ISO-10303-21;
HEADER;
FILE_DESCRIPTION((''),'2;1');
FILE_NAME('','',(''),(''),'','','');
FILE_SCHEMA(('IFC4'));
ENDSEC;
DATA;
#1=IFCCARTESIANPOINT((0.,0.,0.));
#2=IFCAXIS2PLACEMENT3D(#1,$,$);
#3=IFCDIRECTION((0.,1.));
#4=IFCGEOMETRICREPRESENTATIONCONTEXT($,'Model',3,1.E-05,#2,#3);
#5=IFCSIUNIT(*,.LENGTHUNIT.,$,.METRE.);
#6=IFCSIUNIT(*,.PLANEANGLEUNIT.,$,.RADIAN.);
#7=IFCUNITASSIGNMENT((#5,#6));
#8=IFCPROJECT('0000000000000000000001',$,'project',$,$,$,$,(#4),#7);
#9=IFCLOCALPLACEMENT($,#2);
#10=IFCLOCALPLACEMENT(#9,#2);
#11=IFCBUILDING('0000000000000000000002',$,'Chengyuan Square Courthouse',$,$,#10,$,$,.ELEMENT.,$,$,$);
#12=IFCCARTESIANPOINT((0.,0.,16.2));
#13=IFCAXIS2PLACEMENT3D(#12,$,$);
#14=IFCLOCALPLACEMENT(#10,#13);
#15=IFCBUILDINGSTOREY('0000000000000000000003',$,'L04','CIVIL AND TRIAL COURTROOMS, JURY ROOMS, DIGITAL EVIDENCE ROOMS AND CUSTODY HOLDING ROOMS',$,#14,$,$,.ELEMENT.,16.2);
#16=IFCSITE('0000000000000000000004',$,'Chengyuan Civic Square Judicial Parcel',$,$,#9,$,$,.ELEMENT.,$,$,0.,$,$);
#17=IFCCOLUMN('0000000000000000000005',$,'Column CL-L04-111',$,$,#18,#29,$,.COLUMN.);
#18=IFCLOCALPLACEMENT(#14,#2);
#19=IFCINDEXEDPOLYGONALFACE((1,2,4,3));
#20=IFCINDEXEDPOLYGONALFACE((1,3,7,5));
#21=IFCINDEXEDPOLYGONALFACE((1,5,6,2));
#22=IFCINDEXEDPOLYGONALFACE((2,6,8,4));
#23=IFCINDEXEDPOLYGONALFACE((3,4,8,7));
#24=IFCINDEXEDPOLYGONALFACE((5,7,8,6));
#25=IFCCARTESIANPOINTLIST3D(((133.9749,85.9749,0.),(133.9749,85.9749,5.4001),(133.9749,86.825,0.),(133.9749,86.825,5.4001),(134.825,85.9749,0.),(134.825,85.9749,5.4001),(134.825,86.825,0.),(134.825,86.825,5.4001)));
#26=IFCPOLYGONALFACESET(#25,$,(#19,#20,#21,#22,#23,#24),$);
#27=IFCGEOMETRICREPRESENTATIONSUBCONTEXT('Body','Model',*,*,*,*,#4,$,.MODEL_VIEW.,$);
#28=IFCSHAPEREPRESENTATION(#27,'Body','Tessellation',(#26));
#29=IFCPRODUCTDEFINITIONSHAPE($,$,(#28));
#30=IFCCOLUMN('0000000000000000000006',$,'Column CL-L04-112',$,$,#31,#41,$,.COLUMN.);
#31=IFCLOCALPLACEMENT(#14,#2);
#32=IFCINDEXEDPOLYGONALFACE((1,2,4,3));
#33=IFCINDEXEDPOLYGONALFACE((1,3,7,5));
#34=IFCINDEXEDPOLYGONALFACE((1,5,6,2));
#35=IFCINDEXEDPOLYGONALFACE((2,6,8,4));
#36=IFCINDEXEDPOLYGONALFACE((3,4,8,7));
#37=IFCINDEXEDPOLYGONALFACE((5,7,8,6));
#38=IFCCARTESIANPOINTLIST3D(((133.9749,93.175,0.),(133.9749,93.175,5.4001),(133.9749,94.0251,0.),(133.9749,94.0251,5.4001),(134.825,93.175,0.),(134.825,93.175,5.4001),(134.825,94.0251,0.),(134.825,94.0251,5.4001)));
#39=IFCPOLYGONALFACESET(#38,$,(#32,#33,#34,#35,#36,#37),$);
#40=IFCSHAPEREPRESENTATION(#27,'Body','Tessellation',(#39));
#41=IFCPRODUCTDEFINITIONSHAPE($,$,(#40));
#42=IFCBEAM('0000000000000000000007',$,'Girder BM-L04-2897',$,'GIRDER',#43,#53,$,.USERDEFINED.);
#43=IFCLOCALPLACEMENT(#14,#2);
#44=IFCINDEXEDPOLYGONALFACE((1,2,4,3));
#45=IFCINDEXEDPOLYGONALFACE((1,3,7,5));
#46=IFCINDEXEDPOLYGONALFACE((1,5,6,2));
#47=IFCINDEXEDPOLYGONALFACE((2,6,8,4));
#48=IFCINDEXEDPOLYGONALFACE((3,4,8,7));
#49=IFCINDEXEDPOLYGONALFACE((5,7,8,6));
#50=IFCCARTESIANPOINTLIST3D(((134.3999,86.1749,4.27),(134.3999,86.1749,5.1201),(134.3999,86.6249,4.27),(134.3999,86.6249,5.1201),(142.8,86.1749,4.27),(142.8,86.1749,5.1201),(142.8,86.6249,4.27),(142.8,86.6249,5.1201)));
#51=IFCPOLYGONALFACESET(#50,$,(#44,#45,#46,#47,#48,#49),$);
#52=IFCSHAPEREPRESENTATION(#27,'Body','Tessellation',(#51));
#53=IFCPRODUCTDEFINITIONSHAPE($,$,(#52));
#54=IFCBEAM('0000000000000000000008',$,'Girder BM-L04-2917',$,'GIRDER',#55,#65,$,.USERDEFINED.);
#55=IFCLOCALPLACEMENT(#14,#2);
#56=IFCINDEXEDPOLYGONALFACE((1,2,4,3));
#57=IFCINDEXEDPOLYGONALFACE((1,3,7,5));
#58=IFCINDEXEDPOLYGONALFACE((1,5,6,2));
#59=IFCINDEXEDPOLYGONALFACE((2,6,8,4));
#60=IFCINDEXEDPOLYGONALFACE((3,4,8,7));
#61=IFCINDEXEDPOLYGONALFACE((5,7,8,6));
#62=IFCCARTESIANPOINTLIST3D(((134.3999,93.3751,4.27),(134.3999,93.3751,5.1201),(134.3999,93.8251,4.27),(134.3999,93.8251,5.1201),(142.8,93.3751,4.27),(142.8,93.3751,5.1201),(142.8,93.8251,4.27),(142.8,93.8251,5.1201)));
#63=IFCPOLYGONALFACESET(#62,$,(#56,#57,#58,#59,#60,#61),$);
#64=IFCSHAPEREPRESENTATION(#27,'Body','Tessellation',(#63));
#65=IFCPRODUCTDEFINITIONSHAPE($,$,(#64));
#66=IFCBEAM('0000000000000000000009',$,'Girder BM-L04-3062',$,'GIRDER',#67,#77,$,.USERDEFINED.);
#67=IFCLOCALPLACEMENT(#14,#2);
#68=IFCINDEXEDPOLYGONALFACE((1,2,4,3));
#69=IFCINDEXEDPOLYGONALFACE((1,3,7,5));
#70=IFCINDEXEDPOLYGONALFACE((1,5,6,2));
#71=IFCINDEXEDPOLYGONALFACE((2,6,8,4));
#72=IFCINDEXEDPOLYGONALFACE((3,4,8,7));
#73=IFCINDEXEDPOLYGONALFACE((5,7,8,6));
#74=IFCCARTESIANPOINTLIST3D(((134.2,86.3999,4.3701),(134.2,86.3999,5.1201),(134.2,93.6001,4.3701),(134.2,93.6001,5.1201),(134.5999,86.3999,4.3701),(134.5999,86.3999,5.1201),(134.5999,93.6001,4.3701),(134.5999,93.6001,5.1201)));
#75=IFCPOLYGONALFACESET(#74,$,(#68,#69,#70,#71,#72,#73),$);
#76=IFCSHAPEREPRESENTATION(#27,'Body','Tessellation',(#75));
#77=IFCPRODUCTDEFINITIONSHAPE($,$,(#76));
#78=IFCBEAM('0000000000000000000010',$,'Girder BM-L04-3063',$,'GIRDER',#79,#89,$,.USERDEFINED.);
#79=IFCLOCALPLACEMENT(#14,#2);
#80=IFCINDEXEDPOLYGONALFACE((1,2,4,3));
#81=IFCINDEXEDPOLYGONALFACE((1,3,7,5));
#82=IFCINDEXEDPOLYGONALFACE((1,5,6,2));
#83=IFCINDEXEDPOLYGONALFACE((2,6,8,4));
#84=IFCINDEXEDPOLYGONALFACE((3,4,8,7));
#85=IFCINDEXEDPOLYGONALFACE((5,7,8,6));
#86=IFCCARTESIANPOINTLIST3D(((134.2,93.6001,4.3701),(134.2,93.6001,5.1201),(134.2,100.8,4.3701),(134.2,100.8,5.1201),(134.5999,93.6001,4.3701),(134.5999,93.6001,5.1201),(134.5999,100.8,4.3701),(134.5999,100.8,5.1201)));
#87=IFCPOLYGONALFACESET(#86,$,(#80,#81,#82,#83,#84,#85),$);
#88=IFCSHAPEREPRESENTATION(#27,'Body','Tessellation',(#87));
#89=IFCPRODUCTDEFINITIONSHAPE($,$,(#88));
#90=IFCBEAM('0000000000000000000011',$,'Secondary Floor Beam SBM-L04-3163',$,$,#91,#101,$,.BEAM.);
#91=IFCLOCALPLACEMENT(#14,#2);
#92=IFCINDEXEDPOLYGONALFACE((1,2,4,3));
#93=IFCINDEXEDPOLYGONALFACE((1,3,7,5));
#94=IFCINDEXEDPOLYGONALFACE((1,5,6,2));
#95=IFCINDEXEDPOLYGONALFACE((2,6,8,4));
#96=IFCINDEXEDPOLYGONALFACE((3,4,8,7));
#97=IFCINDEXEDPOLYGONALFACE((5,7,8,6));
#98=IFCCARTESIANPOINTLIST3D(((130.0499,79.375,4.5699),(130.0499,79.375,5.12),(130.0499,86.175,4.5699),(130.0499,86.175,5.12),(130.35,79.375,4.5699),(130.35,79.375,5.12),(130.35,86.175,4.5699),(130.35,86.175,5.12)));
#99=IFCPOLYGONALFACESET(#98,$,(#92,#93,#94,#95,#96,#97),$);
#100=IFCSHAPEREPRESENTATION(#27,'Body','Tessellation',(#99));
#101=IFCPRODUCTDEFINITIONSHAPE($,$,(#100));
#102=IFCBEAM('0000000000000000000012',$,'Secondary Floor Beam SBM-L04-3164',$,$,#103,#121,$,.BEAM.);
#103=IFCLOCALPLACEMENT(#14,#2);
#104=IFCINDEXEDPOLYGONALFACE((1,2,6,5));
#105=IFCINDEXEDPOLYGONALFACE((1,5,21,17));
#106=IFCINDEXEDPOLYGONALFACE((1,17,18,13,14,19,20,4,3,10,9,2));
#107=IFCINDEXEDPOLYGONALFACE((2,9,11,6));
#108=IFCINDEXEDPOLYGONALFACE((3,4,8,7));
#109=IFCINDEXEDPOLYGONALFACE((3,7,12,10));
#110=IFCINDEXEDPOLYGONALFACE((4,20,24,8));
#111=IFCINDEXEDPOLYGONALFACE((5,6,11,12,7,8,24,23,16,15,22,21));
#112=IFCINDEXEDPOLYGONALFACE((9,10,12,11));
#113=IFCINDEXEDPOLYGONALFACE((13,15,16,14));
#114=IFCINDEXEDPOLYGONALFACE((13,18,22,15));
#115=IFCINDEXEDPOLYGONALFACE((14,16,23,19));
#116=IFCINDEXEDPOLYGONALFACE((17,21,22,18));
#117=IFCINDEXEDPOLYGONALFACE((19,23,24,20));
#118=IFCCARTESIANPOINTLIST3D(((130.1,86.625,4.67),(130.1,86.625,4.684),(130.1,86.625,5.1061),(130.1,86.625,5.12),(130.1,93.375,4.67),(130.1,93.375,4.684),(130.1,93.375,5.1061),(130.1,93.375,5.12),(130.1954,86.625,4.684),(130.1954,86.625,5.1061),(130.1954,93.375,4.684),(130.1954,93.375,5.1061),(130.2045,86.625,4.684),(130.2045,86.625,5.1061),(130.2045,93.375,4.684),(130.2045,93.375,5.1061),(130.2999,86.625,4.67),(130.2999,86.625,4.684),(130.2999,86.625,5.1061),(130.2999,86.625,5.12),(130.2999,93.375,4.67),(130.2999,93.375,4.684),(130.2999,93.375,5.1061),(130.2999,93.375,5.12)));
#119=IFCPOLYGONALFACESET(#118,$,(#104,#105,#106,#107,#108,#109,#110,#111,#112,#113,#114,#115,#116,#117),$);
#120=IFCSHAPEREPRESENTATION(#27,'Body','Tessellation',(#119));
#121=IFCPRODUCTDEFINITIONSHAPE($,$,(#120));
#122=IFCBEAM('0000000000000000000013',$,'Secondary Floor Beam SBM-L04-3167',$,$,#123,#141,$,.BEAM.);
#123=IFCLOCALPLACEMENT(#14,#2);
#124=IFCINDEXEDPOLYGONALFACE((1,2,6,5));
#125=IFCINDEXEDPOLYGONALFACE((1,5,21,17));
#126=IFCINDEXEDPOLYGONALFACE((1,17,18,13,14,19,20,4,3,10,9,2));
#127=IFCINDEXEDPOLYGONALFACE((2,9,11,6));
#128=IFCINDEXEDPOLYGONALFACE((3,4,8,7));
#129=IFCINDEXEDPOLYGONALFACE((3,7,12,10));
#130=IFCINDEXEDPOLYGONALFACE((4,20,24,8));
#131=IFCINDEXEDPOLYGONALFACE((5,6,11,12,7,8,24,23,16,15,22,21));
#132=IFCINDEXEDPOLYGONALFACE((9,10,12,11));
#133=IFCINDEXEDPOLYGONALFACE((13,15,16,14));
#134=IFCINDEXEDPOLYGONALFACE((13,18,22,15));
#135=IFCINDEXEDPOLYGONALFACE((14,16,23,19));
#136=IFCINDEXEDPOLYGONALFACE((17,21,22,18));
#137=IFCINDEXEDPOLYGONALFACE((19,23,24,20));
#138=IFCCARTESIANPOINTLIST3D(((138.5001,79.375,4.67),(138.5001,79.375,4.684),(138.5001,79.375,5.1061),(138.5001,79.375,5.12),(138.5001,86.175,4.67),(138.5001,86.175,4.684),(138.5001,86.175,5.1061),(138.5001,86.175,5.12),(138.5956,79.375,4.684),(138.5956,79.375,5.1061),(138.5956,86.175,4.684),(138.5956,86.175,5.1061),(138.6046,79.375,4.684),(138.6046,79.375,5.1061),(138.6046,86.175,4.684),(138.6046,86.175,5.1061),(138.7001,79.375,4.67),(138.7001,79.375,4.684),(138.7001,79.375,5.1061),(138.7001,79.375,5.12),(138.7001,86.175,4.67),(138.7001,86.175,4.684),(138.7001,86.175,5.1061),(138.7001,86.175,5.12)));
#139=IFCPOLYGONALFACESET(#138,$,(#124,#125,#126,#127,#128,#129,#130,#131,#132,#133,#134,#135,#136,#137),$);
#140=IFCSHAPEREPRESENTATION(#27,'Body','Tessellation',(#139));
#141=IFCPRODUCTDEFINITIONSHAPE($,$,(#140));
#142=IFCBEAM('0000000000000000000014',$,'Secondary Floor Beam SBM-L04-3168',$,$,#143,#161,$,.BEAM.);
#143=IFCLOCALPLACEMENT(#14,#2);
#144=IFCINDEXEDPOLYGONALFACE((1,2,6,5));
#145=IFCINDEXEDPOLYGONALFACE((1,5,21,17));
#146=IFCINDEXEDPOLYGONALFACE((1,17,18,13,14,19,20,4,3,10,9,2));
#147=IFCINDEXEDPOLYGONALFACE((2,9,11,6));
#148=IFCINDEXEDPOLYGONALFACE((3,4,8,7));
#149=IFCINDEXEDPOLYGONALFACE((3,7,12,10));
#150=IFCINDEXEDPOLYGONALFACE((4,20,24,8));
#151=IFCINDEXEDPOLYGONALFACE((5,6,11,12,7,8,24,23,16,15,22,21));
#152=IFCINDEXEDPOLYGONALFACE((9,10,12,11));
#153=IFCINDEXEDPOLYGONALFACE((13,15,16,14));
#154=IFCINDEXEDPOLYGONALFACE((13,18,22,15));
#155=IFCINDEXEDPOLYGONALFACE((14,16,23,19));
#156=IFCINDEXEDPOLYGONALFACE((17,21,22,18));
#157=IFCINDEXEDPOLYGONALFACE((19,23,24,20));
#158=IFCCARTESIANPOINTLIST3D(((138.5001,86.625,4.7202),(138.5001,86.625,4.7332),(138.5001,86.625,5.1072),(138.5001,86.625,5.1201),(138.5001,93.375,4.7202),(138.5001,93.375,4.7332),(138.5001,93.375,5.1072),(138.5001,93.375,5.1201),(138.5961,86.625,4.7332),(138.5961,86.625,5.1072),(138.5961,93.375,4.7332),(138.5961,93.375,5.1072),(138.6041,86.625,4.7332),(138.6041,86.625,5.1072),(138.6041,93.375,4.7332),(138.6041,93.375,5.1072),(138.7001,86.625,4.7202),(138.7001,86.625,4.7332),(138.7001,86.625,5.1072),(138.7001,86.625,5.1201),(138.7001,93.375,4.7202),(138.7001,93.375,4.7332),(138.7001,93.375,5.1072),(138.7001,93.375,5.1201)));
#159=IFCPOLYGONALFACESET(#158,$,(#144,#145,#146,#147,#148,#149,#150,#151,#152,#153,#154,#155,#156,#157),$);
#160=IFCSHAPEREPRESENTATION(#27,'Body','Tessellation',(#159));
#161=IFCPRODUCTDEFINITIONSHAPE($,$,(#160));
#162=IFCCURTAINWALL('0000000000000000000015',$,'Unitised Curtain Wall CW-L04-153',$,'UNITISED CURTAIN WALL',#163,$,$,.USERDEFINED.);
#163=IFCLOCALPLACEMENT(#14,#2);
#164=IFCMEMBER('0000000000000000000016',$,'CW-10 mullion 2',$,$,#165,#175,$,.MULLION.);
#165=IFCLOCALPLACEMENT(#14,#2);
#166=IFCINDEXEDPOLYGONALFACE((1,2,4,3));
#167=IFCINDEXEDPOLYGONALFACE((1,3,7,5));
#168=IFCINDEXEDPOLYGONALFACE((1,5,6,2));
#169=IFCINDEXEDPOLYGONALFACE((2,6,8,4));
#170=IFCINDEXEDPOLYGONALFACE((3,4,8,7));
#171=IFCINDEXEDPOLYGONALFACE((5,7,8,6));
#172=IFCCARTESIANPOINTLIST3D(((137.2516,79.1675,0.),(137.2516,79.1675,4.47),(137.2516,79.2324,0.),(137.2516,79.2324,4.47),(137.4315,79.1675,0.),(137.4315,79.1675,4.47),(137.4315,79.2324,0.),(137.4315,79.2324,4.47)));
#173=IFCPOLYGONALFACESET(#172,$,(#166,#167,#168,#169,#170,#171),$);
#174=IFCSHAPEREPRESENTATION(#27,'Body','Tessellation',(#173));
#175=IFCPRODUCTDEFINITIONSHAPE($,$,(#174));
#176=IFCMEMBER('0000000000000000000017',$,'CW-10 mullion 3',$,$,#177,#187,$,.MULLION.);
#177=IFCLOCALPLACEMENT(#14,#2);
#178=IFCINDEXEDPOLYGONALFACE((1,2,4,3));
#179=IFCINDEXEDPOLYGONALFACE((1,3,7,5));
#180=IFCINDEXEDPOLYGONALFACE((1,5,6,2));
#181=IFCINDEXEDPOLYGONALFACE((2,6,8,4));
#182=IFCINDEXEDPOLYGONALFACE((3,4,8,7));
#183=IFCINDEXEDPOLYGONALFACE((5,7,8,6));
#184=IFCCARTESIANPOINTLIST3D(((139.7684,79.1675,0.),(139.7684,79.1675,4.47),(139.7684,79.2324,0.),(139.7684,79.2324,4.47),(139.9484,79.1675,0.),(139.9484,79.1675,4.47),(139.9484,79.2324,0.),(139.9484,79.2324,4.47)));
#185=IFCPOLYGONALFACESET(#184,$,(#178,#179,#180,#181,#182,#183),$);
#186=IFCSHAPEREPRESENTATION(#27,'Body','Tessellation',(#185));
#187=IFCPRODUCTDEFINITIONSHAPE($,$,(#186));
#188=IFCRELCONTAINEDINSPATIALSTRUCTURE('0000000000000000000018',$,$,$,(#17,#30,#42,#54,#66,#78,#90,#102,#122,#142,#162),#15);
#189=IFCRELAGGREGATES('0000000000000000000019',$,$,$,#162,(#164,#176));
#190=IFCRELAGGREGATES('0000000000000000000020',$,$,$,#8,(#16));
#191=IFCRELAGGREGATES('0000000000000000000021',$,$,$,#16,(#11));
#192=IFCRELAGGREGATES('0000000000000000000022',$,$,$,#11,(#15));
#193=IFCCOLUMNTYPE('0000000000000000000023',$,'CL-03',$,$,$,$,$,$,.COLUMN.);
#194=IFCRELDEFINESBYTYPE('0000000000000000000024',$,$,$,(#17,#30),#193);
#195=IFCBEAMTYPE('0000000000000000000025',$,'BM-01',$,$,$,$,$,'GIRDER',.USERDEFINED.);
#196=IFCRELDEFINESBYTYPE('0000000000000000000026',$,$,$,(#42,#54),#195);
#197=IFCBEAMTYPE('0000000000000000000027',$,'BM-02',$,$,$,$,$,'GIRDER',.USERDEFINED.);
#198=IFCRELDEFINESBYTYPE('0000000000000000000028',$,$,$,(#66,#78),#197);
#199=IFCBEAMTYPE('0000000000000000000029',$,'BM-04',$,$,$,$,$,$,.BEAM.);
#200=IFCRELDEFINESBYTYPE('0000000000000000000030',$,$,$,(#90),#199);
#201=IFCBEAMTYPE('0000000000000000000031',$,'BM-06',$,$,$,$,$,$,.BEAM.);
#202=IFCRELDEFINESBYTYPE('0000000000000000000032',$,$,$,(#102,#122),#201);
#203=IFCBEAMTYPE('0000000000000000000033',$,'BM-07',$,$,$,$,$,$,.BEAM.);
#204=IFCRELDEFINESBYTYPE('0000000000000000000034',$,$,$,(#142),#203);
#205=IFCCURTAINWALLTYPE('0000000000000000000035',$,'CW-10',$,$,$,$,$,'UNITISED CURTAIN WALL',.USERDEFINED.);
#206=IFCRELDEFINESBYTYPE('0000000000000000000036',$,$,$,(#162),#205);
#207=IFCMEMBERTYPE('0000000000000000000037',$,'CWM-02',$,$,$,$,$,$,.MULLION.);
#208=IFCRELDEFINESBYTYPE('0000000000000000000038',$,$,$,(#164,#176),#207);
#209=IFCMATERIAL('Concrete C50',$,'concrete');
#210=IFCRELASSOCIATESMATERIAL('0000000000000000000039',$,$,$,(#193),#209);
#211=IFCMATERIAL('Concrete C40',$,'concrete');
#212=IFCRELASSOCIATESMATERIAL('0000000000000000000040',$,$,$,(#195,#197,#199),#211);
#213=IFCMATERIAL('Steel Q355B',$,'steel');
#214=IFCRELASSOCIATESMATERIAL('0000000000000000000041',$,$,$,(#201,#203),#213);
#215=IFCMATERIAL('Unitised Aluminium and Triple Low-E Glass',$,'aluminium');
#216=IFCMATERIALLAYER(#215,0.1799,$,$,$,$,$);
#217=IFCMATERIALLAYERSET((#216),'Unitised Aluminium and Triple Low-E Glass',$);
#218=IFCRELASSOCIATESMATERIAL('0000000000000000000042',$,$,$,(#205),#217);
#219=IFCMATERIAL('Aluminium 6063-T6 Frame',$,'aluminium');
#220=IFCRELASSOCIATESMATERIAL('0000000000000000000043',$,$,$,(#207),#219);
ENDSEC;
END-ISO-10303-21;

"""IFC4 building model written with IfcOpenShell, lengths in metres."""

from ifc_helpers import new_model, si_unit, direction, frame, origin, origin_2d, place, context, subcontext, project, spatial, rectangle, i_section, extrude, material, layer, layer_set, material_profile, profile_set, type_object, element, aggregate, save


model = new_model("IFC4")

# Units and contexts
model_context = context("Model", 3, precision=1e-05, world=origin(), true_north=direction((0.0, 1.0)))
body_context = subcontext(model_context, "Body", "Model", "MODEL_VIEW")
ifc_project = project(units=[si_unit("LENGTHUNIT", "METRE"), si_unit("PLANEANGLEUNIT", "RADIAN")], contexts=[model_context])

# Site, building, storey
site_placement = place(None, origin())
site = spatial("IfcSite", under=ifc_project, at=site_placement, Name="Chengyuan Civic Square Judicial Parcel", CompositionType="ELEMENT", RefElevation=0.0)
building_placement = place(site_placement, origin())
building = spatial("IfcBuilding", under=site, at=building_placement, Name="Chengyuan Square Courthouse", CompositionType="ELEMENT")
storey_placement = place(building_placement, frame((0.0, 0.0, 16.2)))
storey = spatial("IfcBuildingStorey", under=building, at=storey_placement, Name="L04", Description="CIVIL AND TRIAL COURTROOMS, JURY ROOMS, DIGITAL EVIDENCE ROOMS AND CUSTODY HOLDING ROOMS", CompositionType="ELEMENT", Elevation=16.2)

# Columns
ifc_material_1 = material(Name="Concrete C50", Category="concrete")
ifc_material_profile_1 = material_profile(ifc_material_1, rectangle(XDim=0.8501, YDim=0.8501, at=origin_2d()), Name="RC-COL-850x850")
ifc_profile_set_1 = profile_set([ifc_material_profile_1], Name="Concrete C50")
column_type = type_object("IfcColumnType", Name="CL-03", PredefinedType="COLUMN", material=ifc_profile_set_1)
for number, where, z_axis, x_axis, name in (
    (1, (134.3999, 86.3999, 0.0), (0.0, 0.0, 1.0), (1.0, 0.0, 0.0), "Column CL-L04-111"),
    (2, (134.3999, 93.6001, 0.0), (0.0, 0.0, 1.0), (1.0, 0.0, 0.0), "Column CL-L04-112"),
):
    element("IfcColumn", number, at=place(storey_placement, frame(where, z_axis=z_axis, x_axis=x_axis)), inside=storey, type_object=column_type, Name=name, PredefinedType="COLUMN", context=body_context, shape_type="SweptSolid", body=[
        extrude(rectangle(XDim=0.8501, YDim=0.8501, at=origin_2d()), origin(), (0.0, 0.0, 1.0), 5.4001),
    ])

# Beams
ifc_material_2 = material(Name="Concrete C40", Category="concrete")
ifc_material_profile_2 = material_profile(ifc_material_2, rectangle(XDim=0.45, YDim=0.8501, at=origin_2d()), Name="RC-BM-450x850")
ifc_profile_set_2 = profile_set([ifc_material_profile_2], Name="Concrete C40")
beam_type_1 = type_object("IfcBeamType", Name="BM-01", ElementType="GIRDER", PredefinedType="USERDEFINED", material=ifc_profile_set_2)
for number, where, z_axis, x_axis, name in (
    (3, (134.3999, 86.3999, 4.6951), (1.0, 0.0, 0.0), (0.0, 1.0, 0.0), "Girder BM-L04-2897"),
    (4, (134.3999, 93.6001, 4.6951), (1.0, 0.0, 0.0), (0.0, 1.0, 0.0), "Girder BM-L04-2917"),
):
    element("IfcBeam", number, at=place(storey_placement, frame(where, z_axis=z_axis, x_axis=x_axis)), inside=storey, type_object=beam_type_1, Name=name, ObjectType="GIRDER", PredefinedType="USERDEFINED", context=body_context, shape_type="SweptSolid", body=[
        extrude(rectangle(XDim=0.45, YDim=0.8501, at=origin_2d()), origin(), (0.0, 0.0, 1.0), 8.4001),
    ])
ifc_material_profile_3 = material_profile(ifc_material_2, rectangle(XDim=0.3999, YDim=0.75, at=origin_2d()), Name="RC-BM-400x750")
ifc_profile_set_3 = profile_set([ifc_material_profile_3], Name="Concrete C40")
beam_type_2 = type_object("IfcBeamType", Name="BM-02", ElementType="GIRDER", PredefinedType="USERDEFINED", material=ifc_profile_set_3)
beam_1_placement = place(storey_placement, frame((134.3999, 86.3999, 4.7451), z_axis=(0.0, 1.0, 0.0), x_axis=(-1.0, 0.0, 0.0)))
element("IfcBeam", 5, at=beam_1_placement, inside=storey, type_object=beam_type_2, Name="Girder BM-L04-3062", ObjectType="GIRDER", PredefinedType="USERDEFINED", context=body_context, shape_type="SweptSolid", body=[
    extrude(rectangle(XDim=0.3999, YDim=0.75, at=origin_2d()), origin(), (0.0, 0.0, 1.0), 7.2002),
])
beam_2_placement = place(storey_placement, frame((134.3999, 93.6001, 4.7451), z_axis=(0.0, 1.0, 0.0), x_axis=(-1.0, 0.0, 0.0)))
element("IfcBeam", 6, at=beam_2_placement, inside=storey, type_object=beam_type_2, Name="Girder BM-L04-3063", ObjectType="GIRDER", PredefinedType="USERDEFINED", context=body_context, shape_type="SweptSolid", body=[
    extrude(rectangle(XDim=0.3999, YDim=0.75, at=origin_2d()), origin(), (0.0, 0.0, 1.0), 7.2),
])
ifc_material_profile_4 = material_profile(ifc_material_2, rectangle(XDim=0.3, YDim=0.55, at=origin_2d()), Name="RC-BM-300x550")
ifc_profile_set_4 = profile_set([ifc_material_profile_4], Name="Concrete C40")
beam_type_3 = type_object("IfcBeamType", Name="BM-04", PredefinedType="BEAM", material=ifc_profile_set_4)
beam_3_placement = place(storey_placement, frame((130.2, 79.375, 4.845), z_axis=(0.0, 1.0, 0.0), x_axis=(-1.0, 0.0, 0.0)))
element("IfcBeam", 7, at=beam_3_placement, inside=storey, type_object=beam_type_3, Name="Secondary Floor Beam SBM-L04-3163", PredefinedType="BEAM", context=body_context, shape_type="SweptSolid", body=[
    extrude(rectangle(XDim=0.3, YDim=0.55, at=origin_2d()), origin(), (0.0, 0.0, 1.0), 6.8),
])
ifc_material_3 = material(Name="Steel Q355B", Category="steel")
ifc_material_profile_5 = material_profile(ifc_material_3, i_section(OverallWidth=0.2, OverallDepth=0.45, WebThickness=0.009, FlangeThickness=0.0139, at=origin_2d()), Name="HN 450x200x9x14")
ifc_profile_set_5 = profile_set([ifc_material_profile_5], Name="Steel Q355B")
beam_type_4 = type_object("IfcBeamType", Name="BM-06", PredefinedType="BEAM", material=ifc_profile_set_5)
beam_4_placement = place(storey_placement, frame((130.2, 86.625, 4.895), z_axis=(0.0, 1.0, 0.0), x_axis=(-1.0, 0.0, 0.0)))
element("IfcBeam", 8, at=beam_4_placement, inside=storey, type_object=beam_type_4, Name="Secondary Floor Beam SBM-L04-3164", PredefinedType="BEAM", context=body_context, shape_type="SweptSolid", body=[
    extrude(i_section(OverallWidth=0.2, OverallDepth=0.45, WebThickness=0.009, FlangeThickness=0.0139, at=origin_2d()), origin(), (0.0, 0.0, 1.0), 6.75),
])
beam_5_placement = place(storey_placement, frame((138.6001, 79.375, 4.895), z_axis=(0.0, 1.0, 0.0), x_axis=(-1.0, 0.0, 0.0)))
element("IfcBeam", 9, at=beam_5_placement, inside=storey, type_object=beam_type_4, Name="Secondary Floor Beam SBM-L04-3167", PredefinedType="BEAM", context=body_context, shape_type="SweptSolid", body=[
    extrude(i_section(OverallWidth=0.2, OverallDepth=0.45, WebThickness=0.009, FlangeThickness=0.0139, at=origin_2d()), origin(), (0.0, 0.0, 1.0), 6.8),
])
ifc_material_profile_6 = material_profile(ifc_material_3, i_section(OverallWidth=0.2, OverallDepth=0.3999, WebThickness=0.0081, FlangeThickness=0.0129, at=origin_2d()), Name="HN 400x200x8x13")
ifc_profile_set_6 = profile_set([ifc_material_profile_6], Name="Steel Q355B")
beam_type_5 = type_object("IfcBeamType", Name="BM-07", PredefinedType="BEAM", material=ifc_profile_set_6)
beam_6_placement = place(storey_placement, frame((138.6001, 86.625, 4.9202), z_axis=(0.0, 1.0, 0.0), x_axis=(-1.0, 0.0, 0.0)))
element("IfcBeam", 10, at=beam_6_placement, inside=storey, type_object=beam_type_5, Name="Secondary Floor Beam SBM-L04-3168", PredefinedType="BEAM", context=body_context, shape_type="SweptSolid", body=[
    extrude(i_section(OverallWidth=0.2, OverallDepth=0.3999, WebThickness=0.0081, FlangeThickness=0.0129, at=origin_2d()), origin(), (0.0, 0.0, 1.0), 6.75),
])

# Curtain wall, members
ifc_material_4 = material(Name="Unitised Aluminium and Triple Low-E Glass", Category="aluminium")
ifc_layer_1 = layer(ifc_material_4, 0.1799)
ifc_layer_set_1 = layer_set([ifc_layer_1], Name="Unitised Aluminium and Triple Low-E Glass")
curtain_wall_type = type_object("IfcCurtainWallType", Name="CW-10", ElementType="UNITISED CURTAIN WALL", PredefinedType="USERDEFINED", material=ifc_layer_set_1)
curtain_wall_placement = place(storey_placement, origin())
curtain_wall = element("IfcCurtainWall", 11, at=curtain_wall_placement, inside=storey, type_object=curtain_wall_type, Name="Unitised Curtain Wall CW-L04-153", ObjectType="UNITISED CURTAIN WALL", PredefinedType="USERDEFINED")
ifc_material_5 = material(Name="Aluminium 6063-T6 Frame", Category="aluminium")
ifc_material_profile_7 = material_profile(ifc_material_5, rectangle(XDim=0.0649, YDim=0.1799, at=origin_2d()), Name="CW-MUL-65x180")
ifc_profile_set_7 = profile_set([ifc_material_profile_7], Name="Aluminium 6063-T6 Frame")
member_type_1 = type_object("IfcMemberType", Name="CWM-02", PredefinedType="MULLION", material=ifc_profile_set_7)
member_1_placement = place(storey_placement, frame((137.3416, 79.2, 0.0), z_axis=(0.0, 0.0, 1.0), x_axis=(0.0, 1.0, 0.0)))
member_1 = element("IfcMember", 12, at=member_1_placement, type_object=member_type_1, Name="CW-10 mullion 2", PredefinedType="MULLION", context=body_context, shape_type="SweptSolid", body=[
    extrude(rectangle(XDim=0.0649, YDim=0.1799, at=origin_2d()), origin(), (0.0, 0.0, 1.0), 4.47),
])
member_2_placement = place(storey_placement, frame((139.8584, 79.2, 0.0), z_axis=(0.0, 0.0, 1.0), x_axis=(0.0, 1.0, 0.0)))
member_2 = element("IfcMember", 13, at=member_2_placement, type_object=member_type_1, Name="CW-10 mullion 3", PredefinedType="MULLION", context=body_context, shape_type="SweptSolid", body=[
    extrude(rectangle(XDim=0.0649, YDim=0.1799, at=origin_2d()), origin(), (0.0, 0.0, 1.0), 4.47),
])
aggregate(curtain_wall, [member_1, member_2])

save(model, "model.ifc")
